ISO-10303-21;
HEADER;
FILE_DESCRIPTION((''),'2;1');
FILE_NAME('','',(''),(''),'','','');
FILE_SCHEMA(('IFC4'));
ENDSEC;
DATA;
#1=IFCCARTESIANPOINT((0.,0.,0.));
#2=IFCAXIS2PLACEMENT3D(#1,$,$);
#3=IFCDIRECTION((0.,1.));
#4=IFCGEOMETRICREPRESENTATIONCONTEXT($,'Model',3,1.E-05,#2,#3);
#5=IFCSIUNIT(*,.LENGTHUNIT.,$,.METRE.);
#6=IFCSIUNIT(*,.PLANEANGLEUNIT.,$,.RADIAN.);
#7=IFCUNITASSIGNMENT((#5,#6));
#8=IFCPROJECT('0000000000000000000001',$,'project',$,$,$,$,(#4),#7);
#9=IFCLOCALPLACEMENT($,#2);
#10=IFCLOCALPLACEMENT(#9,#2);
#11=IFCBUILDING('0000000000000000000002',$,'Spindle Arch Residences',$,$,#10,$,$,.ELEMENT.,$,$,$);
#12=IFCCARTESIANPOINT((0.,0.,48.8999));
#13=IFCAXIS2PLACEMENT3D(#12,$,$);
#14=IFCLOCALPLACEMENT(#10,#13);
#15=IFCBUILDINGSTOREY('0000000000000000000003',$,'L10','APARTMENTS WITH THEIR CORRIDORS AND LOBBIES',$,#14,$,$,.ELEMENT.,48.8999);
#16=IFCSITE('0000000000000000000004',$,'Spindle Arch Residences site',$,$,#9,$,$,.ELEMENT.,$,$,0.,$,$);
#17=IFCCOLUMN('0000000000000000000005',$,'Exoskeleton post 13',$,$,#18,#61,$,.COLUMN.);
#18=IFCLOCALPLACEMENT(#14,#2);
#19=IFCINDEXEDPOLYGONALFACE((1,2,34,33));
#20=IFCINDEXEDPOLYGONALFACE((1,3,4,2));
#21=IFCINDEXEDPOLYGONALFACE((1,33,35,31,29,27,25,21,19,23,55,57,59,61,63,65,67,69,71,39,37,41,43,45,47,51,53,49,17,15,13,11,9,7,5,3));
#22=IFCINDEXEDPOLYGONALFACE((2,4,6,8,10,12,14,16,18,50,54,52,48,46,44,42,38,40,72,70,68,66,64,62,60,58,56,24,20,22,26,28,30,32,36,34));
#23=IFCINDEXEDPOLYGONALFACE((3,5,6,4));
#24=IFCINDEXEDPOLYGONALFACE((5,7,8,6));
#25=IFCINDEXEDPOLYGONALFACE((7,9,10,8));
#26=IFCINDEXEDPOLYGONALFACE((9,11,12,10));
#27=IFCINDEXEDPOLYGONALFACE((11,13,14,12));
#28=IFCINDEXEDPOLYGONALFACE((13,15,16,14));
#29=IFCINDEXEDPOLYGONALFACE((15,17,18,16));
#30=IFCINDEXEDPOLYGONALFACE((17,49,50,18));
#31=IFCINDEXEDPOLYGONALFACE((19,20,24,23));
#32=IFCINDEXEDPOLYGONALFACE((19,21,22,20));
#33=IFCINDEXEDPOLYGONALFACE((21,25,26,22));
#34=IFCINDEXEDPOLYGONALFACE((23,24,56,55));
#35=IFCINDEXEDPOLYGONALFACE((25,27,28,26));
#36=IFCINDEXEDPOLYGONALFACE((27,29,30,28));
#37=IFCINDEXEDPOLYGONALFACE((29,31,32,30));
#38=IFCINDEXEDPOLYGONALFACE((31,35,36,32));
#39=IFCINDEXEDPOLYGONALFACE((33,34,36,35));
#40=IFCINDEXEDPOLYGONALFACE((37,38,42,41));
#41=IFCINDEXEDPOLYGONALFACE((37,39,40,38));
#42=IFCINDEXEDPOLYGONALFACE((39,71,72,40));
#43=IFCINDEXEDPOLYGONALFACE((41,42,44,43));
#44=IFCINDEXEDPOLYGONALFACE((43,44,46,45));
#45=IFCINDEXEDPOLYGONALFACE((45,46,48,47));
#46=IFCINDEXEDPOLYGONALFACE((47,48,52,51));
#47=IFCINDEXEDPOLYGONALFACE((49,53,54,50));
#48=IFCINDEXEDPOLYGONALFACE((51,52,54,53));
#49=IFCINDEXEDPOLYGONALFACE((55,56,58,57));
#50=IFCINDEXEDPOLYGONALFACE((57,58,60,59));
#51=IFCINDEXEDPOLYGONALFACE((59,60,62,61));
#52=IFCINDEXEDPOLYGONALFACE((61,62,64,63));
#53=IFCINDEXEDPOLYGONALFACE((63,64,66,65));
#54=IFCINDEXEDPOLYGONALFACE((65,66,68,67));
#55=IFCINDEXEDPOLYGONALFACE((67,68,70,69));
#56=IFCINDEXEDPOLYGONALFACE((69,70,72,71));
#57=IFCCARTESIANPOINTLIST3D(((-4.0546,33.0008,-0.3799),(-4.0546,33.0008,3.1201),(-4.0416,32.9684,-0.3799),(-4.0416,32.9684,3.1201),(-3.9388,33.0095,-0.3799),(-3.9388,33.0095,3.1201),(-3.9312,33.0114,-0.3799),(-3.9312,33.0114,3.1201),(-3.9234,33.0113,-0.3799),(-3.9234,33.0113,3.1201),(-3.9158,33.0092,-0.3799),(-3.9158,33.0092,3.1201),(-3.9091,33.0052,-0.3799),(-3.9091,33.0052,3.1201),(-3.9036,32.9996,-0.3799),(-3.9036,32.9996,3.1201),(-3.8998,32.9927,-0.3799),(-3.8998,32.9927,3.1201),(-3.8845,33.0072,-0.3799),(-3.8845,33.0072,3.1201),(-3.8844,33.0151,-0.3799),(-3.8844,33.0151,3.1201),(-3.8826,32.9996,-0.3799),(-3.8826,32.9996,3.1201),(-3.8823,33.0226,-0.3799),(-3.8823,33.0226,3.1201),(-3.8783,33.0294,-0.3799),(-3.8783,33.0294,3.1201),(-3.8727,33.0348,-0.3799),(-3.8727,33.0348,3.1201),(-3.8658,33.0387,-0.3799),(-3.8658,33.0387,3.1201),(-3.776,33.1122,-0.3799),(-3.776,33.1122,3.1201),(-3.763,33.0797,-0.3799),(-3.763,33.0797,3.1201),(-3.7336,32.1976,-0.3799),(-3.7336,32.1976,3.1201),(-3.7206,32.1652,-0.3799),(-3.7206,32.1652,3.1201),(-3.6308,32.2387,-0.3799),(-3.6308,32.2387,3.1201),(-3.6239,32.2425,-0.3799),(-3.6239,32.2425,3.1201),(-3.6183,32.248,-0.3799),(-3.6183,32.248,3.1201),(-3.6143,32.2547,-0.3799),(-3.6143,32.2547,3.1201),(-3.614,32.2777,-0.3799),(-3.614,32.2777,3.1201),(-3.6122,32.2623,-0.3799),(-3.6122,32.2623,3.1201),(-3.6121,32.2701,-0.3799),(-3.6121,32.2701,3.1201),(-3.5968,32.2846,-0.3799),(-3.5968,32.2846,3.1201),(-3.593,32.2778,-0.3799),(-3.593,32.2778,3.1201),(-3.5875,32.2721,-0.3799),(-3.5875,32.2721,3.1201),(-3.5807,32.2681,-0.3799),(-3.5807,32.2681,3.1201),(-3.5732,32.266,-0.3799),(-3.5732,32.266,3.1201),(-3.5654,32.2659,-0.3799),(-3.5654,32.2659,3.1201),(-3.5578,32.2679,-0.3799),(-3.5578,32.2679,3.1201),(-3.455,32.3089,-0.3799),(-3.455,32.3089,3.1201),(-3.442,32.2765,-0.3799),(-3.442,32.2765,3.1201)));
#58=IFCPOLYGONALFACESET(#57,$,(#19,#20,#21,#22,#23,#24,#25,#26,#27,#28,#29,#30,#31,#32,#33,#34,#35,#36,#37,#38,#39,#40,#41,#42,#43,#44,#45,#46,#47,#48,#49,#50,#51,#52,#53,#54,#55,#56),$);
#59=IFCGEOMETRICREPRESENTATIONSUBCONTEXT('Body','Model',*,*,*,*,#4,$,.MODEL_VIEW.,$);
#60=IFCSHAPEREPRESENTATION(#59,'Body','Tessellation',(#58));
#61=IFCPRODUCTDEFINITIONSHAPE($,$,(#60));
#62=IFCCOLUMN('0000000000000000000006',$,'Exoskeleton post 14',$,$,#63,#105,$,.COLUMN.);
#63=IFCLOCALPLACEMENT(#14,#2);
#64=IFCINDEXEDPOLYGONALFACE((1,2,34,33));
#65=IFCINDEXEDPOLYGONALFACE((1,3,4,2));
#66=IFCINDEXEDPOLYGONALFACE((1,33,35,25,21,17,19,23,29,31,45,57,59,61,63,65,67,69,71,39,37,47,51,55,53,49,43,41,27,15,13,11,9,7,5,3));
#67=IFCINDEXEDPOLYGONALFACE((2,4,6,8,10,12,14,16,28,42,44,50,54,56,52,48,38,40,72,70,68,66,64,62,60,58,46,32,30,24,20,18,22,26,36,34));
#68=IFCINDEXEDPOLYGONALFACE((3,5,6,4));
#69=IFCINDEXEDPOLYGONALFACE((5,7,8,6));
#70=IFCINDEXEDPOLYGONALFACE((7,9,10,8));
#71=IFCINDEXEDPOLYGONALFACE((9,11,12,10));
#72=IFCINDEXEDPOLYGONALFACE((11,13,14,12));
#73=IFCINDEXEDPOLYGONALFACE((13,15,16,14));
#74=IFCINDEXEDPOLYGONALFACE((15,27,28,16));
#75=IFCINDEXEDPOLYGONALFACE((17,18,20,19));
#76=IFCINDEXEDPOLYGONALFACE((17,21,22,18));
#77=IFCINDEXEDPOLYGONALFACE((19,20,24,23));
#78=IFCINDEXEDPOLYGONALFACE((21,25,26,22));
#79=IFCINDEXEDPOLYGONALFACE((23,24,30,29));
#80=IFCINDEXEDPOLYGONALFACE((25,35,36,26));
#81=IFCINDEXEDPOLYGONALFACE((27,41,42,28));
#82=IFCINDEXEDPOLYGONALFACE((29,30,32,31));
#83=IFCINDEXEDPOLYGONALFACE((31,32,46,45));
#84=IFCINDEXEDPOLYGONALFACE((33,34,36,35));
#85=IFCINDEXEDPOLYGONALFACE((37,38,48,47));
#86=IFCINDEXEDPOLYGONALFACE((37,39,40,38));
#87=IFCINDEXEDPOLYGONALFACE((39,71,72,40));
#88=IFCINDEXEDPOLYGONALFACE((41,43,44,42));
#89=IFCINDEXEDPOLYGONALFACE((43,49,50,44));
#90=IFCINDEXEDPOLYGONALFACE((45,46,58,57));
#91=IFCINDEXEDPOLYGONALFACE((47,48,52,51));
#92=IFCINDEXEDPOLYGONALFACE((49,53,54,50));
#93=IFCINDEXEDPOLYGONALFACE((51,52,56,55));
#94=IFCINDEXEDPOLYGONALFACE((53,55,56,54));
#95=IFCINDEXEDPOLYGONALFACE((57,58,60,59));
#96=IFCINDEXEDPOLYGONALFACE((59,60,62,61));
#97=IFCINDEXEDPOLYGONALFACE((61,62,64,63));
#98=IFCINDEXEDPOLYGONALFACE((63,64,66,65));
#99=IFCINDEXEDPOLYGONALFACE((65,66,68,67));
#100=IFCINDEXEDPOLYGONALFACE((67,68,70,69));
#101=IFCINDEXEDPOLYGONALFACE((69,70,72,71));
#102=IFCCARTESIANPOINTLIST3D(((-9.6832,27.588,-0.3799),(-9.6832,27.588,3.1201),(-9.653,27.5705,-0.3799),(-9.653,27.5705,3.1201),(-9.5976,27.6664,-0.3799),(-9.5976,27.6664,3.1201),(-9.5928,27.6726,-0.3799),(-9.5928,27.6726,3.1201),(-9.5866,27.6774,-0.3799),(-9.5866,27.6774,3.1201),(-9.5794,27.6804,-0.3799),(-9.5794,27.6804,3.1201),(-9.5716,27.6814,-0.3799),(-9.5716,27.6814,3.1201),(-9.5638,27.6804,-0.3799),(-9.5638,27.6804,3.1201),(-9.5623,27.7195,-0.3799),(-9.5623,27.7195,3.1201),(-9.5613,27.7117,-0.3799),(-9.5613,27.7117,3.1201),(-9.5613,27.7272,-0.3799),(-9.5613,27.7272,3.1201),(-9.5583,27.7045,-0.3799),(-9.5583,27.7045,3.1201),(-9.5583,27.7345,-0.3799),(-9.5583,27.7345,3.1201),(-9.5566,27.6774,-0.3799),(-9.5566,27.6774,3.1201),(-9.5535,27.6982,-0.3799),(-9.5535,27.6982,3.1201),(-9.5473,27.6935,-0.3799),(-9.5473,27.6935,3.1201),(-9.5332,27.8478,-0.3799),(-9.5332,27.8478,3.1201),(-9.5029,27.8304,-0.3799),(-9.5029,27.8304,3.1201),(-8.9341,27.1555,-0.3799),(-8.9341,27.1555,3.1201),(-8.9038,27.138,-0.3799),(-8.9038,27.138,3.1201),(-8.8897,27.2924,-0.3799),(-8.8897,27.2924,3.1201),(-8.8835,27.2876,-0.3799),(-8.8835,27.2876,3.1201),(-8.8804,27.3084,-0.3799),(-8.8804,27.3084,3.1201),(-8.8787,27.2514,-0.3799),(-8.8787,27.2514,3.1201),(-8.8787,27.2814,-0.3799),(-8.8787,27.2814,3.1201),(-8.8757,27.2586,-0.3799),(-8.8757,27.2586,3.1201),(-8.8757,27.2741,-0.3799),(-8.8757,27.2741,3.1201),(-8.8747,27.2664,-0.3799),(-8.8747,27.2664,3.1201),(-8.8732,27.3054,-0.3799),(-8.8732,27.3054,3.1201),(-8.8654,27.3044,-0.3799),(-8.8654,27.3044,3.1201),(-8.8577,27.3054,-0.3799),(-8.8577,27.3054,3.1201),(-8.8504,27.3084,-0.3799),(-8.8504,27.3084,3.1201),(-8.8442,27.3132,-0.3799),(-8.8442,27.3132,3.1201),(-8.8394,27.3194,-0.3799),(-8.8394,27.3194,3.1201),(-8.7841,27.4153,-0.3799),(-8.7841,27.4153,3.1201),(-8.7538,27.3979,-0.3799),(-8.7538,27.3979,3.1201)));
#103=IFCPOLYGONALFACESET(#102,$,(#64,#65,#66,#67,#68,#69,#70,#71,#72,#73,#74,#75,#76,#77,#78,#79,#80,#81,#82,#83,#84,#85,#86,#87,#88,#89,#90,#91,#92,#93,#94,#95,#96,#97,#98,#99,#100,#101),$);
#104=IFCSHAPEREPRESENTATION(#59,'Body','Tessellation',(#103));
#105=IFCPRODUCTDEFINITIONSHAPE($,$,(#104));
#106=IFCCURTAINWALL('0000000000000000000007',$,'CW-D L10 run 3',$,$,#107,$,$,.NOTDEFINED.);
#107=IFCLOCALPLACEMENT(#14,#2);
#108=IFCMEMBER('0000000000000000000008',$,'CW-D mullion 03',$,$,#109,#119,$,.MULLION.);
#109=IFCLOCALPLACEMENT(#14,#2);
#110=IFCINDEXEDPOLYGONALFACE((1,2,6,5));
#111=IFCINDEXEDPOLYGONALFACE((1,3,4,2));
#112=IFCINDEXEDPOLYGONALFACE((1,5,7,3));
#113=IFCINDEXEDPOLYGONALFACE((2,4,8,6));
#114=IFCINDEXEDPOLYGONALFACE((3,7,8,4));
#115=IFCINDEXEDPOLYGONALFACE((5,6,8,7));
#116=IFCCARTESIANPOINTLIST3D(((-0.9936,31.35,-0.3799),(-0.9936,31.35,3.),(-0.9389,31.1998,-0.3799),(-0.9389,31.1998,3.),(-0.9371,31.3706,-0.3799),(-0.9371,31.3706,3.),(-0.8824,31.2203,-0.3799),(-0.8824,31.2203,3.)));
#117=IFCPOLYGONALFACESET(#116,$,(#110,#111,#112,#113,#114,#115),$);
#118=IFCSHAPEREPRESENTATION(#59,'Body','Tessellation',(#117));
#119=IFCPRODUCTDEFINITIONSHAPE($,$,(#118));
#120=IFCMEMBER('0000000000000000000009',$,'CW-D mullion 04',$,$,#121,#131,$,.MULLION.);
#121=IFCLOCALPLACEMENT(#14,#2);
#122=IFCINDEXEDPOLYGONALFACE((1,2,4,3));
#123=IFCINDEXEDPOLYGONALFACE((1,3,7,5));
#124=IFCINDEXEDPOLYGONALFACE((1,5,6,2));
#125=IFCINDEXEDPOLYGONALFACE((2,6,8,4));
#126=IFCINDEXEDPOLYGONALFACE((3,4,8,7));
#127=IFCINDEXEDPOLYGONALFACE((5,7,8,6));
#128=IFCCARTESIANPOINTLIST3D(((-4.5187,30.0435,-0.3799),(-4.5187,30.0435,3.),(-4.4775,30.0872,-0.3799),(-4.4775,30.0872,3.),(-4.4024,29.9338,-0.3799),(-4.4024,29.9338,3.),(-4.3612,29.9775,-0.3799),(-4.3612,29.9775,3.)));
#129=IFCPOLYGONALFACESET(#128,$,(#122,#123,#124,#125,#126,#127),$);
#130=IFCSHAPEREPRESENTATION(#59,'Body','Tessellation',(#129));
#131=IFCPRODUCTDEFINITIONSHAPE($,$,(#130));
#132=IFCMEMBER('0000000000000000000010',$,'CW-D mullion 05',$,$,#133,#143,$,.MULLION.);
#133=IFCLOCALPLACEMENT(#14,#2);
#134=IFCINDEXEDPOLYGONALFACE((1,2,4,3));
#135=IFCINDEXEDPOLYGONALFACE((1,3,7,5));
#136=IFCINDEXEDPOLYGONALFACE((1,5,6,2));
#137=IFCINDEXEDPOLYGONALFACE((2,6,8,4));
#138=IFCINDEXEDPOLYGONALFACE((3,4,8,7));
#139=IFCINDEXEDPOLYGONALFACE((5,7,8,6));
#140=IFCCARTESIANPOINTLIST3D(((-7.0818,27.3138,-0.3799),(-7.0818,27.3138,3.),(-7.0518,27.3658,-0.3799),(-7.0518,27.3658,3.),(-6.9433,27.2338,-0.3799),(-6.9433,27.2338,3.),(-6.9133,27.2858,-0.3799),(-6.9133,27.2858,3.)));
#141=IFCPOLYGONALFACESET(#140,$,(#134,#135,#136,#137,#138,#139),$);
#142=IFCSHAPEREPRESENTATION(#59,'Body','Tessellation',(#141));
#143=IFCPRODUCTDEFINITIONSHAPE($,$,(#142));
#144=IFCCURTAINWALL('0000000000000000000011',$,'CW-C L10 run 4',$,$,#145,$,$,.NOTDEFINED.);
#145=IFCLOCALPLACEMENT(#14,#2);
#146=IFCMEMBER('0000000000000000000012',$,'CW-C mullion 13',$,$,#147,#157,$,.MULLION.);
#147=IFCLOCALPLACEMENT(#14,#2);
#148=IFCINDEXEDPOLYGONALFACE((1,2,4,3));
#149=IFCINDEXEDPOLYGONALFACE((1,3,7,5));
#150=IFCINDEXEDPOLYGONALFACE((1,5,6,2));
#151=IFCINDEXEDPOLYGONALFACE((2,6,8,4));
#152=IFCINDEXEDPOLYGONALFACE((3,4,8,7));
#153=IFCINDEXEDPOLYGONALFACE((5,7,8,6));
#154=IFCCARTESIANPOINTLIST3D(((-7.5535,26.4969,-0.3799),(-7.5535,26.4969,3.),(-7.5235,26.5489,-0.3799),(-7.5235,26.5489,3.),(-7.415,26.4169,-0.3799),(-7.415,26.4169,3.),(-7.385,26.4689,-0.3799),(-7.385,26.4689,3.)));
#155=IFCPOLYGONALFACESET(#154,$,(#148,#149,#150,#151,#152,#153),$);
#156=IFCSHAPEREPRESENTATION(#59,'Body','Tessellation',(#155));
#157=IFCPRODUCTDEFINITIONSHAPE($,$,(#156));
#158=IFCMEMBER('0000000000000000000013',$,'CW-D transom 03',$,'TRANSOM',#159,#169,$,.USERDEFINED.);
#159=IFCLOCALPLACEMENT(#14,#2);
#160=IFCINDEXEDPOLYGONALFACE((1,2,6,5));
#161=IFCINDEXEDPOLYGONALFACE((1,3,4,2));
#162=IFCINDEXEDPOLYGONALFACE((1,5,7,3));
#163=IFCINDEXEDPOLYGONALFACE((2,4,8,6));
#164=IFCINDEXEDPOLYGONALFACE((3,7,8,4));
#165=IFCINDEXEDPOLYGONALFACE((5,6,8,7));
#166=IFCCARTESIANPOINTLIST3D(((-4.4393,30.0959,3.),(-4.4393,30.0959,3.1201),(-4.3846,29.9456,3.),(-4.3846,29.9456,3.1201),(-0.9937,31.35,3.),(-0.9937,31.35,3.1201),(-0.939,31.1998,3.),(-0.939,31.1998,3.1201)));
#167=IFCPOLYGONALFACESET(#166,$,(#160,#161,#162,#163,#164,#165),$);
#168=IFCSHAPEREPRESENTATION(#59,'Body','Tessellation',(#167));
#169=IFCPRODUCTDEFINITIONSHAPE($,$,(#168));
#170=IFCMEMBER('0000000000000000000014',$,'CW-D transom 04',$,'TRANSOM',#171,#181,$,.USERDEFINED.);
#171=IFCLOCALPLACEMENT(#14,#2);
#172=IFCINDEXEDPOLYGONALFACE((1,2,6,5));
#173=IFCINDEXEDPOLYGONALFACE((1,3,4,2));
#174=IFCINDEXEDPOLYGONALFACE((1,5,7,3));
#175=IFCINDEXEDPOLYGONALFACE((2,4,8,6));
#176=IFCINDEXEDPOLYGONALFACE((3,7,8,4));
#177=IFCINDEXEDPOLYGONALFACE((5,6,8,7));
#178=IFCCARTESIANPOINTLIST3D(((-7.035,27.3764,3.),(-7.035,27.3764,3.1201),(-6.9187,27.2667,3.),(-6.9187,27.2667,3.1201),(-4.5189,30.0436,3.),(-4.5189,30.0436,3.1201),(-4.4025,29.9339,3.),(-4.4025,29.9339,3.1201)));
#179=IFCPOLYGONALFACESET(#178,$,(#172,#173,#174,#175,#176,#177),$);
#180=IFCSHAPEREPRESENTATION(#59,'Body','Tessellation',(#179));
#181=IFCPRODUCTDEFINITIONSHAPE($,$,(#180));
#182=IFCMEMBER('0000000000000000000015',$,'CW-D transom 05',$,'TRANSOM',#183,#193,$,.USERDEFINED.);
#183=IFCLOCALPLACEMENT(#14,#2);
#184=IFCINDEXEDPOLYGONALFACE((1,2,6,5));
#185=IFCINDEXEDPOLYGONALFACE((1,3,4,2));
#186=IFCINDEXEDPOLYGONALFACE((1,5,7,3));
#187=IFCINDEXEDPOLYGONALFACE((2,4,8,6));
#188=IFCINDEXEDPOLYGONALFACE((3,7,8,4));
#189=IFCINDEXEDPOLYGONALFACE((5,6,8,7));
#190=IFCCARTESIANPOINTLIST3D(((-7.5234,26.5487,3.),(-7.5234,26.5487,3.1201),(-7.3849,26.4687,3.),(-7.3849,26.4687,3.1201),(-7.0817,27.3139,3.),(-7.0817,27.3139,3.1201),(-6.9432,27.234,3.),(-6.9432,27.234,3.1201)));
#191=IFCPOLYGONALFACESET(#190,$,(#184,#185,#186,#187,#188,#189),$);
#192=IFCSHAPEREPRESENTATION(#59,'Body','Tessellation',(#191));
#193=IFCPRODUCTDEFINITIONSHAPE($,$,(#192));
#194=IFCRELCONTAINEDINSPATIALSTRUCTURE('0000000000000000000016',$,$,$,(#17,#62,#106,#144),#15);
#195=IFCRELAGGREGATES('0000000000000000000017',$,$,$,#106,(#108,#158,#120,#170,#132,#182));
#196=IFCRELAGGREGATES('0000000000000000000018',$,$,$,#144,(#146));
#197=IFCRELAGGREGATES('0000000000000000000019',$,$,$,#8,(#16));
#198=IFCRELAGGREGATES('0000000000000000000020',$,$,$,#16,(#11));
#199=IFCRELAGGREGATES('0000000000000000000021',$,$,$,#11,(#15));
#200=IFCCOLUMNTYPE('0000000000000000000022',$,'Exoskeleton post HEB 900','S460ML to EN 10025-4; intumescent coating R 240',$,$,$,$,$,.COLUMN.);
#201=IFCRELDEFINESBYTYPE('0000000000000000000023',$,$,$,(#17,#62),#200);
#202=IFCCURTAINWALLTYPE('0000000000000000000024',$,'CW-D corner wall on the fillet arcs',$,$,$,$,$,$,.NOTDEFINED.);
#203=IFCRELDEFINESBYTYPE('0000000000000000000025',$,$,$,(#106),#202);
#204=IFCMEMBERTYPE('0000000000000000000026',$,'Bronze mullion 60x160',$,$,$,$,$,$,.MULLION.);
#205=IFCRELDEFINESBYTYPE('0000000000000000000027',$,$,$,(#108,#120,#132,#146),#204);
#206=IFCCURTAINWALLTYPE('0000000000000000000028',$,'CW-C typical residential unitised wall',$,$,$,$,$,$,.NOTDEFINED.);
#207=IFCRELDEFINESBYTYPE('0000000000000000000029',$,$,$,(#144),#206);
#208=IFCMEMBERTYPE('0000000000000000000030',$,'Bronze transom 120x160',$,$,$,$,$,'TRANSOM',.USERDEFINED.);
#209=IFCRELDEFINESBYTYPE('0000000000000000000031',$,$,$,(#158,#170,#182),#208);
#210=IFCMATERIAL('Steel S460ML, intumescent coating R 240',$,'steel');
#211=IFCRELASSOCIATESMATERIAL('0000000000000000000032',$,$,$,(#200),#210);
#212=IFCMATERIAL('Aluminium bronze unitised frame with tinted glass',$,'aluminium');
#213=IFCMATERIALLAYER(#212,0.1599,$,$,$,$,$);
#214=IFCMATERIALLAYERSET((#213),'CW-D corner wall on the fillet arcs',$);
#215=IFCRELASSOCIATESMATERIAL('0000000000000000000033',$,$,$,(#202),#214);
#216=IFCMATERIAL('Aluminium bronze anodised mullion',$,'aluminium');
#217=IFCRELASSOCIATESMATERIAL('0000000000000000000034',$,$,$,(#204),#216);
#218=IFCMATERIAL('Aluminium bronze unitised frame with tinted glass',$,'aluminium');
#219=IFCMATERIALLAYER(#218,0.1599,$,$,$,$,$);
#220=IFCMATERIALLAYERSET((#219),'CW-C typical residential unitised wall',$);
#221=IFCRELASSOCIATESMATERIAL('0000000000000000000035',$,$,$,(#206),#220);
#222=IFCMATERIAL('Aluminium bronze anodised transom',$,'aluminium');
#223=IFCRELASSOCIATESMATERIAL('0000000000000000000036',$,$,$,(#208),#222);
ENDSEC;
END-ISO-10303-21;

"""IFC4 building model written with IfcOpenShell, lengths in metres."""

from ifc_helpers import new_model, si_unit, direction, frame, origin, origin_2d, place, context, subcontext, project, spatial, rectangle, i_section, extrude, material, layer, layer_set, material_profile, profile_set, type_object, element, aggregate, save


model = new_model("IFC4")

# Units and contexts
model_context = context("Model", 3, precision=1e-05, world=origin(), true_north=direction((0.0, 1.0)))
body_context = subcontext(model_context, "Body", "Model", "MODEL_VIEW")
ifc_project = project(units=[si_unit("LENGTHUNIT", "METRE"), si_unit("PLANEANGLEUNIT", "RADIAN")], contexts=[model_context])

# Site, building, storey
site_placement = place(None, origin())
site = spatial("IfcSite", under=ifc_project, at=site_placement, Name="Spindle Arch Residences site", CompositionType="ELEMENT", RefElevation=0.0)
building_placement = place(site_placement, origin())
building = spatial("IfcBuilding", under=site, at=building_placement, Name="Spindle Arch Residences", CompositionType="ELEMENT")
storey_placement = place(building_placement, frame((0.0, 0.0, 48.8999)))
storey = spatial("IfcBuildingStorey", under=building, at=storey_placement, Name="L10", Description="APARTMENTS WITH THEIR CORRIDORS AND LOBBIES", CompositionType="ELEMENT", Elevation=48.8999)

# Columns
ifc_material_1 = material(Name="Steel S460ML, intumescent coating R 240", Category="steel")
ifc_material_profile_1 = material_profile(ifc_material_1, i_section(OverallWidth=0.3, OverallDepth=0.8999, WebThickness=0.0186, FlangeThickness=0.0349, FilletRadius=0.03, at=origin_2d()), Name="HEB 900")
ifc_profile_set_1 = profile_set([ifc_material_profile_1], Name="Steel S460ML, intumescent coating R 240")
column_type = type_object("IfcColumnType", Name="Exoskeleton post HEB 900", Description="S460ML to EN 10025-4; intumescent coating R 240", PredefinedType="COLUMN", material=ifc_profile_set_1)
for number, where, z_axis, x_axis, name in (
    (1, (-3.7483, 32.6387, -0.3799), (0.0, 0.0, 1.0), (0.92859, 0.371108, 0.0), "Exoskeleton post 13"),
    (2, (-9.2185, 27.4929, -0.3799), (0.0, 0.0, 1.0), (0.5, 0.866025, 0.0), "Exoskeleton post 14"),
):
    element("IfcColumn", number, at=place(storey_placement, frame(where, z_axis=z_axis, x_axis=x_axis)), inside=storey, type_object=column_type, Name=name, PredefinedType="COLUMN", context=body_context, shape_type="SweptSolid", body=[
        extrude(i_section(OverallWidth=0.3, OverallDepth=0.8999, WebThickness=0.0186, FlangeThickness=0.0349, FilletRadius=0.03, at=origin_2d()), origin(), (0.0, 0.0, 1.0), 3.5),
    ])

# Curtain wall, members
ifc_material_2 = material(Name="Aluminium bronze unitised frame with tinted glass", Category="aluminium")
ifc_layer_1 = layer(ifc_material_2, 0.1599)
ifc_layer_set_1 = layer_set([ifc_layer_1], Name="CW-D corner wall on the fillet arcs")
curtain_wall_type_1 = type_object("IfcCurtainWallType", Name="CW-D corner wall on the fillet arcs", PredefinedType="NOTDEFINED", material=ifc_layer_set_1)
curtain_wall_1_placement = place(storey_placement, origin())
curtain_wall_1 = element("IfcCurtainWall", 3, at=curtain_wall_1_placement, inside=storey, type_object=curtain_wall_type_1, Name="CW-D L10 run 3", PredefinedType="NOTDEFINED")
ifc_material_3 = material(Name="Aluminium bronze anodised mullion", Category="aluminium")
ifc_material_profile_2 = material_profile(ifc_material_3, rectangle(XDim=0.1599, YDim=0.0601, at=origin_2d()), Name="MU 60x160")
ifc_profile_set_2 = profile_set([ifc_material_profile_2], Name="Aluminium bronze anodised mullion")
member_type_1 = type_object("IfcMemberType", Name="Bronze mullion 60x160", PredefinedType="MULLION", material=ifc_profile_set_2)
member_1_placement = place(storey_placement, frame((-0.938, 31.2852, -0.3799), z_axis=(0.0, 0.0, 1.0), x_axis=(0.34202, -0.939693, 0.0)))
member_1 = element("IfcMember", 4, at=member_1_placement, type_object=member_type_1, Name="CW-D mullion 03", PredefinedType="MULLION", context=body_context, shape_type="SweptSolid", body=[
    extrude(rectangle(XDim=0.1599, YDim=0.0601, at=origin_2d()), origin(), (0.0, 0.0, 1.0), 3.3799),
])
member_2_placement = place(storey_placement, frame((-4.4399, 30.0105, -0.3799), z_axis=(0.0, 0.0, 1.0), x_axis=(0.727374, -0.686242, 0.0)))
member_2 = element("IfcMember", 5, at=member_2_placement, type_object=member_type_1, Name="CW-D mullion 04", PredefinedType="MULLION", context=body_context, shape_type="SweptSolid", body=[
    extrude(rectangle(XDim=0.1599, YDim=0.0601, at=origin_2d()), origin(), (0.0, 0.0, 1.0), 3.3799),
])
member_3_placement = place(storey_placement, frame((-6.9976, 27.2998, -0.3799), z_axis=(0.0, 0.0, 1.0), x_axis=(0.866025, -0.5, 0.0)))
member_3 = element("IfcMember", 6, at=member_3_placement, type_object=member_type_1, Name="CW-D mullion 05", PredefinedType="MULLION", context=body_context, shape_type="SweptSolid", body=[
    extrude(rectangle(XDim=0.1599, YDim=0.0601, at=origin_2d()), origin(), (0.0, 0.0, 1.0), 3.3799),
])

# Curtain wall, member
ifc_material_4 = material(Name="Aluminium bronze unitised frame with tinted glass", Category="aluminium")
ifc_layer_2 = layer(ifc_material_4, 0.1599)
ifc_layer_set_2 = layer_set([ifc_layer_2], Name="CW-C typical residential unitised wall")
curtain_wall_type_2 = type_object("IfcCurtainWallType", Name="CW-C typical residential unitised wall", PredefinedType="NOTDEFINED", material=ifc_layer_set_2)
curtain_wall_2_placement = place(storey_placement, origin())
curtain_wall_2 = element("IfcCurtainWall", 7, at=curtain_wall_2_placement, inside=storey, type_object=curtain_wall_type_2, Name="CW-C L10 run 4", PredefinedType="NOTDEFINED")
member_4_placement = place(storey_placement, frame((-7.4692, 26.4829, -0.3799), z_axis=(0.0, 0.0, 1.0), x_axis=(0.866025, -0.5, 0.0)))
member_4 = element("IfcMember", 8, at=member_4_placement, type_object=member_type_1, Name="CW-C mullion 13", PredefinedType="MULLION", context=body_context, shape_type="SweptSolid", body=[
    extrude(rectangle(XDim=0.1599, YDim=0.0601, at=origin_2d()), origin(), (0.0, 0.0, 1.0), 3.3799),
])

# Members
ifc_material_5 = material(Name="Aluminium bronze anodised transom", Category="aluminium")
ifc_material_profile_3 = material_profile(ifc_material_5, rectangle(XDim=0.1599, YDim=0.1201, at=origin_2d()), Name="TR 120x160")
ifc_profile_set_3 = profile_set([ifc_material_profile_3], Name="Aluminium bronze anodised transom")
member_type_2 = type_object("IfcMemberType", Name="Bronze transom 120x160", ElementType="TRANSOM", PredefinedType="USERDEFINED", material=ifc_profile_set_3)
member_5_placement = place(storey_placement, frame((-0.9663, 31.2749, 3.0601), z_axis=(-0.939686, -0.342037, 0.0), x_axis=(0.342037, -0.939686, 0.0)))
member_5 = element("IfcMember", 9, at=member_5_placement, type_object=member_type_2, Name="CW-D transom 03", ObjectType="TRANSOM", PredefinedType="USERDEFINED", context=body_context, shape_type="SweptSolid", body=[
    extrude(rectangle(XDim=0.1599, YDim=0.1201, at=origin_2d()), origin(), (0.0, 0.0, 1.0), 3.6667),
])
member_6_placement = place(storey_placement, frame((-4.4607, 29.9888, 3.0601), z_axis=(-0.686199, -0.727414, 0.0), x_axis=(0.727414, -0.686199, 0.0)))
member_6 = element("IfcMember", 10, at=member_6_placement, type_object=member_type_2, Name="CW-D transom 04", ObjectType="TRANSOM", PredefinedType="USERDEFINED", context=body_context, shape_type="SweptSolid", body=[
    extrude(rectangle(XDim=0.1599, YDim=0.1201, at=origin_2d()), origin(), (0.0, 0.0, 1.0), 3.6667),
])
member_7_placement = place(storey_placement, frame((-7.0125, 27.2739, 3.0601), z_axis=(-0.499914, -0.866075, 0.0), x_axis=(0.866075, -0.499914, 0.0)))
member_7 = element("IfcMember", 11, at=member_7_placement, type_object=member_type_2, Name="CW-D transom 05", ObjectType="TRANSOM", PredefinedType="USERDEFINED", context=body_context, shape_type="SweptSolid", body=[
    extrude(rectangle(XDim=0.1599, YDim=0.1201, at=origin_2d()), origin(), (0.0, 0.0, 1.0), 0.8835),
])

aggregate(curtain_wall_1, [member_1, member_5, member_2, member_6, member_3, member_7])
aggregate(curtain_wall_2, [member_4])

save(model, "model.ifc")
